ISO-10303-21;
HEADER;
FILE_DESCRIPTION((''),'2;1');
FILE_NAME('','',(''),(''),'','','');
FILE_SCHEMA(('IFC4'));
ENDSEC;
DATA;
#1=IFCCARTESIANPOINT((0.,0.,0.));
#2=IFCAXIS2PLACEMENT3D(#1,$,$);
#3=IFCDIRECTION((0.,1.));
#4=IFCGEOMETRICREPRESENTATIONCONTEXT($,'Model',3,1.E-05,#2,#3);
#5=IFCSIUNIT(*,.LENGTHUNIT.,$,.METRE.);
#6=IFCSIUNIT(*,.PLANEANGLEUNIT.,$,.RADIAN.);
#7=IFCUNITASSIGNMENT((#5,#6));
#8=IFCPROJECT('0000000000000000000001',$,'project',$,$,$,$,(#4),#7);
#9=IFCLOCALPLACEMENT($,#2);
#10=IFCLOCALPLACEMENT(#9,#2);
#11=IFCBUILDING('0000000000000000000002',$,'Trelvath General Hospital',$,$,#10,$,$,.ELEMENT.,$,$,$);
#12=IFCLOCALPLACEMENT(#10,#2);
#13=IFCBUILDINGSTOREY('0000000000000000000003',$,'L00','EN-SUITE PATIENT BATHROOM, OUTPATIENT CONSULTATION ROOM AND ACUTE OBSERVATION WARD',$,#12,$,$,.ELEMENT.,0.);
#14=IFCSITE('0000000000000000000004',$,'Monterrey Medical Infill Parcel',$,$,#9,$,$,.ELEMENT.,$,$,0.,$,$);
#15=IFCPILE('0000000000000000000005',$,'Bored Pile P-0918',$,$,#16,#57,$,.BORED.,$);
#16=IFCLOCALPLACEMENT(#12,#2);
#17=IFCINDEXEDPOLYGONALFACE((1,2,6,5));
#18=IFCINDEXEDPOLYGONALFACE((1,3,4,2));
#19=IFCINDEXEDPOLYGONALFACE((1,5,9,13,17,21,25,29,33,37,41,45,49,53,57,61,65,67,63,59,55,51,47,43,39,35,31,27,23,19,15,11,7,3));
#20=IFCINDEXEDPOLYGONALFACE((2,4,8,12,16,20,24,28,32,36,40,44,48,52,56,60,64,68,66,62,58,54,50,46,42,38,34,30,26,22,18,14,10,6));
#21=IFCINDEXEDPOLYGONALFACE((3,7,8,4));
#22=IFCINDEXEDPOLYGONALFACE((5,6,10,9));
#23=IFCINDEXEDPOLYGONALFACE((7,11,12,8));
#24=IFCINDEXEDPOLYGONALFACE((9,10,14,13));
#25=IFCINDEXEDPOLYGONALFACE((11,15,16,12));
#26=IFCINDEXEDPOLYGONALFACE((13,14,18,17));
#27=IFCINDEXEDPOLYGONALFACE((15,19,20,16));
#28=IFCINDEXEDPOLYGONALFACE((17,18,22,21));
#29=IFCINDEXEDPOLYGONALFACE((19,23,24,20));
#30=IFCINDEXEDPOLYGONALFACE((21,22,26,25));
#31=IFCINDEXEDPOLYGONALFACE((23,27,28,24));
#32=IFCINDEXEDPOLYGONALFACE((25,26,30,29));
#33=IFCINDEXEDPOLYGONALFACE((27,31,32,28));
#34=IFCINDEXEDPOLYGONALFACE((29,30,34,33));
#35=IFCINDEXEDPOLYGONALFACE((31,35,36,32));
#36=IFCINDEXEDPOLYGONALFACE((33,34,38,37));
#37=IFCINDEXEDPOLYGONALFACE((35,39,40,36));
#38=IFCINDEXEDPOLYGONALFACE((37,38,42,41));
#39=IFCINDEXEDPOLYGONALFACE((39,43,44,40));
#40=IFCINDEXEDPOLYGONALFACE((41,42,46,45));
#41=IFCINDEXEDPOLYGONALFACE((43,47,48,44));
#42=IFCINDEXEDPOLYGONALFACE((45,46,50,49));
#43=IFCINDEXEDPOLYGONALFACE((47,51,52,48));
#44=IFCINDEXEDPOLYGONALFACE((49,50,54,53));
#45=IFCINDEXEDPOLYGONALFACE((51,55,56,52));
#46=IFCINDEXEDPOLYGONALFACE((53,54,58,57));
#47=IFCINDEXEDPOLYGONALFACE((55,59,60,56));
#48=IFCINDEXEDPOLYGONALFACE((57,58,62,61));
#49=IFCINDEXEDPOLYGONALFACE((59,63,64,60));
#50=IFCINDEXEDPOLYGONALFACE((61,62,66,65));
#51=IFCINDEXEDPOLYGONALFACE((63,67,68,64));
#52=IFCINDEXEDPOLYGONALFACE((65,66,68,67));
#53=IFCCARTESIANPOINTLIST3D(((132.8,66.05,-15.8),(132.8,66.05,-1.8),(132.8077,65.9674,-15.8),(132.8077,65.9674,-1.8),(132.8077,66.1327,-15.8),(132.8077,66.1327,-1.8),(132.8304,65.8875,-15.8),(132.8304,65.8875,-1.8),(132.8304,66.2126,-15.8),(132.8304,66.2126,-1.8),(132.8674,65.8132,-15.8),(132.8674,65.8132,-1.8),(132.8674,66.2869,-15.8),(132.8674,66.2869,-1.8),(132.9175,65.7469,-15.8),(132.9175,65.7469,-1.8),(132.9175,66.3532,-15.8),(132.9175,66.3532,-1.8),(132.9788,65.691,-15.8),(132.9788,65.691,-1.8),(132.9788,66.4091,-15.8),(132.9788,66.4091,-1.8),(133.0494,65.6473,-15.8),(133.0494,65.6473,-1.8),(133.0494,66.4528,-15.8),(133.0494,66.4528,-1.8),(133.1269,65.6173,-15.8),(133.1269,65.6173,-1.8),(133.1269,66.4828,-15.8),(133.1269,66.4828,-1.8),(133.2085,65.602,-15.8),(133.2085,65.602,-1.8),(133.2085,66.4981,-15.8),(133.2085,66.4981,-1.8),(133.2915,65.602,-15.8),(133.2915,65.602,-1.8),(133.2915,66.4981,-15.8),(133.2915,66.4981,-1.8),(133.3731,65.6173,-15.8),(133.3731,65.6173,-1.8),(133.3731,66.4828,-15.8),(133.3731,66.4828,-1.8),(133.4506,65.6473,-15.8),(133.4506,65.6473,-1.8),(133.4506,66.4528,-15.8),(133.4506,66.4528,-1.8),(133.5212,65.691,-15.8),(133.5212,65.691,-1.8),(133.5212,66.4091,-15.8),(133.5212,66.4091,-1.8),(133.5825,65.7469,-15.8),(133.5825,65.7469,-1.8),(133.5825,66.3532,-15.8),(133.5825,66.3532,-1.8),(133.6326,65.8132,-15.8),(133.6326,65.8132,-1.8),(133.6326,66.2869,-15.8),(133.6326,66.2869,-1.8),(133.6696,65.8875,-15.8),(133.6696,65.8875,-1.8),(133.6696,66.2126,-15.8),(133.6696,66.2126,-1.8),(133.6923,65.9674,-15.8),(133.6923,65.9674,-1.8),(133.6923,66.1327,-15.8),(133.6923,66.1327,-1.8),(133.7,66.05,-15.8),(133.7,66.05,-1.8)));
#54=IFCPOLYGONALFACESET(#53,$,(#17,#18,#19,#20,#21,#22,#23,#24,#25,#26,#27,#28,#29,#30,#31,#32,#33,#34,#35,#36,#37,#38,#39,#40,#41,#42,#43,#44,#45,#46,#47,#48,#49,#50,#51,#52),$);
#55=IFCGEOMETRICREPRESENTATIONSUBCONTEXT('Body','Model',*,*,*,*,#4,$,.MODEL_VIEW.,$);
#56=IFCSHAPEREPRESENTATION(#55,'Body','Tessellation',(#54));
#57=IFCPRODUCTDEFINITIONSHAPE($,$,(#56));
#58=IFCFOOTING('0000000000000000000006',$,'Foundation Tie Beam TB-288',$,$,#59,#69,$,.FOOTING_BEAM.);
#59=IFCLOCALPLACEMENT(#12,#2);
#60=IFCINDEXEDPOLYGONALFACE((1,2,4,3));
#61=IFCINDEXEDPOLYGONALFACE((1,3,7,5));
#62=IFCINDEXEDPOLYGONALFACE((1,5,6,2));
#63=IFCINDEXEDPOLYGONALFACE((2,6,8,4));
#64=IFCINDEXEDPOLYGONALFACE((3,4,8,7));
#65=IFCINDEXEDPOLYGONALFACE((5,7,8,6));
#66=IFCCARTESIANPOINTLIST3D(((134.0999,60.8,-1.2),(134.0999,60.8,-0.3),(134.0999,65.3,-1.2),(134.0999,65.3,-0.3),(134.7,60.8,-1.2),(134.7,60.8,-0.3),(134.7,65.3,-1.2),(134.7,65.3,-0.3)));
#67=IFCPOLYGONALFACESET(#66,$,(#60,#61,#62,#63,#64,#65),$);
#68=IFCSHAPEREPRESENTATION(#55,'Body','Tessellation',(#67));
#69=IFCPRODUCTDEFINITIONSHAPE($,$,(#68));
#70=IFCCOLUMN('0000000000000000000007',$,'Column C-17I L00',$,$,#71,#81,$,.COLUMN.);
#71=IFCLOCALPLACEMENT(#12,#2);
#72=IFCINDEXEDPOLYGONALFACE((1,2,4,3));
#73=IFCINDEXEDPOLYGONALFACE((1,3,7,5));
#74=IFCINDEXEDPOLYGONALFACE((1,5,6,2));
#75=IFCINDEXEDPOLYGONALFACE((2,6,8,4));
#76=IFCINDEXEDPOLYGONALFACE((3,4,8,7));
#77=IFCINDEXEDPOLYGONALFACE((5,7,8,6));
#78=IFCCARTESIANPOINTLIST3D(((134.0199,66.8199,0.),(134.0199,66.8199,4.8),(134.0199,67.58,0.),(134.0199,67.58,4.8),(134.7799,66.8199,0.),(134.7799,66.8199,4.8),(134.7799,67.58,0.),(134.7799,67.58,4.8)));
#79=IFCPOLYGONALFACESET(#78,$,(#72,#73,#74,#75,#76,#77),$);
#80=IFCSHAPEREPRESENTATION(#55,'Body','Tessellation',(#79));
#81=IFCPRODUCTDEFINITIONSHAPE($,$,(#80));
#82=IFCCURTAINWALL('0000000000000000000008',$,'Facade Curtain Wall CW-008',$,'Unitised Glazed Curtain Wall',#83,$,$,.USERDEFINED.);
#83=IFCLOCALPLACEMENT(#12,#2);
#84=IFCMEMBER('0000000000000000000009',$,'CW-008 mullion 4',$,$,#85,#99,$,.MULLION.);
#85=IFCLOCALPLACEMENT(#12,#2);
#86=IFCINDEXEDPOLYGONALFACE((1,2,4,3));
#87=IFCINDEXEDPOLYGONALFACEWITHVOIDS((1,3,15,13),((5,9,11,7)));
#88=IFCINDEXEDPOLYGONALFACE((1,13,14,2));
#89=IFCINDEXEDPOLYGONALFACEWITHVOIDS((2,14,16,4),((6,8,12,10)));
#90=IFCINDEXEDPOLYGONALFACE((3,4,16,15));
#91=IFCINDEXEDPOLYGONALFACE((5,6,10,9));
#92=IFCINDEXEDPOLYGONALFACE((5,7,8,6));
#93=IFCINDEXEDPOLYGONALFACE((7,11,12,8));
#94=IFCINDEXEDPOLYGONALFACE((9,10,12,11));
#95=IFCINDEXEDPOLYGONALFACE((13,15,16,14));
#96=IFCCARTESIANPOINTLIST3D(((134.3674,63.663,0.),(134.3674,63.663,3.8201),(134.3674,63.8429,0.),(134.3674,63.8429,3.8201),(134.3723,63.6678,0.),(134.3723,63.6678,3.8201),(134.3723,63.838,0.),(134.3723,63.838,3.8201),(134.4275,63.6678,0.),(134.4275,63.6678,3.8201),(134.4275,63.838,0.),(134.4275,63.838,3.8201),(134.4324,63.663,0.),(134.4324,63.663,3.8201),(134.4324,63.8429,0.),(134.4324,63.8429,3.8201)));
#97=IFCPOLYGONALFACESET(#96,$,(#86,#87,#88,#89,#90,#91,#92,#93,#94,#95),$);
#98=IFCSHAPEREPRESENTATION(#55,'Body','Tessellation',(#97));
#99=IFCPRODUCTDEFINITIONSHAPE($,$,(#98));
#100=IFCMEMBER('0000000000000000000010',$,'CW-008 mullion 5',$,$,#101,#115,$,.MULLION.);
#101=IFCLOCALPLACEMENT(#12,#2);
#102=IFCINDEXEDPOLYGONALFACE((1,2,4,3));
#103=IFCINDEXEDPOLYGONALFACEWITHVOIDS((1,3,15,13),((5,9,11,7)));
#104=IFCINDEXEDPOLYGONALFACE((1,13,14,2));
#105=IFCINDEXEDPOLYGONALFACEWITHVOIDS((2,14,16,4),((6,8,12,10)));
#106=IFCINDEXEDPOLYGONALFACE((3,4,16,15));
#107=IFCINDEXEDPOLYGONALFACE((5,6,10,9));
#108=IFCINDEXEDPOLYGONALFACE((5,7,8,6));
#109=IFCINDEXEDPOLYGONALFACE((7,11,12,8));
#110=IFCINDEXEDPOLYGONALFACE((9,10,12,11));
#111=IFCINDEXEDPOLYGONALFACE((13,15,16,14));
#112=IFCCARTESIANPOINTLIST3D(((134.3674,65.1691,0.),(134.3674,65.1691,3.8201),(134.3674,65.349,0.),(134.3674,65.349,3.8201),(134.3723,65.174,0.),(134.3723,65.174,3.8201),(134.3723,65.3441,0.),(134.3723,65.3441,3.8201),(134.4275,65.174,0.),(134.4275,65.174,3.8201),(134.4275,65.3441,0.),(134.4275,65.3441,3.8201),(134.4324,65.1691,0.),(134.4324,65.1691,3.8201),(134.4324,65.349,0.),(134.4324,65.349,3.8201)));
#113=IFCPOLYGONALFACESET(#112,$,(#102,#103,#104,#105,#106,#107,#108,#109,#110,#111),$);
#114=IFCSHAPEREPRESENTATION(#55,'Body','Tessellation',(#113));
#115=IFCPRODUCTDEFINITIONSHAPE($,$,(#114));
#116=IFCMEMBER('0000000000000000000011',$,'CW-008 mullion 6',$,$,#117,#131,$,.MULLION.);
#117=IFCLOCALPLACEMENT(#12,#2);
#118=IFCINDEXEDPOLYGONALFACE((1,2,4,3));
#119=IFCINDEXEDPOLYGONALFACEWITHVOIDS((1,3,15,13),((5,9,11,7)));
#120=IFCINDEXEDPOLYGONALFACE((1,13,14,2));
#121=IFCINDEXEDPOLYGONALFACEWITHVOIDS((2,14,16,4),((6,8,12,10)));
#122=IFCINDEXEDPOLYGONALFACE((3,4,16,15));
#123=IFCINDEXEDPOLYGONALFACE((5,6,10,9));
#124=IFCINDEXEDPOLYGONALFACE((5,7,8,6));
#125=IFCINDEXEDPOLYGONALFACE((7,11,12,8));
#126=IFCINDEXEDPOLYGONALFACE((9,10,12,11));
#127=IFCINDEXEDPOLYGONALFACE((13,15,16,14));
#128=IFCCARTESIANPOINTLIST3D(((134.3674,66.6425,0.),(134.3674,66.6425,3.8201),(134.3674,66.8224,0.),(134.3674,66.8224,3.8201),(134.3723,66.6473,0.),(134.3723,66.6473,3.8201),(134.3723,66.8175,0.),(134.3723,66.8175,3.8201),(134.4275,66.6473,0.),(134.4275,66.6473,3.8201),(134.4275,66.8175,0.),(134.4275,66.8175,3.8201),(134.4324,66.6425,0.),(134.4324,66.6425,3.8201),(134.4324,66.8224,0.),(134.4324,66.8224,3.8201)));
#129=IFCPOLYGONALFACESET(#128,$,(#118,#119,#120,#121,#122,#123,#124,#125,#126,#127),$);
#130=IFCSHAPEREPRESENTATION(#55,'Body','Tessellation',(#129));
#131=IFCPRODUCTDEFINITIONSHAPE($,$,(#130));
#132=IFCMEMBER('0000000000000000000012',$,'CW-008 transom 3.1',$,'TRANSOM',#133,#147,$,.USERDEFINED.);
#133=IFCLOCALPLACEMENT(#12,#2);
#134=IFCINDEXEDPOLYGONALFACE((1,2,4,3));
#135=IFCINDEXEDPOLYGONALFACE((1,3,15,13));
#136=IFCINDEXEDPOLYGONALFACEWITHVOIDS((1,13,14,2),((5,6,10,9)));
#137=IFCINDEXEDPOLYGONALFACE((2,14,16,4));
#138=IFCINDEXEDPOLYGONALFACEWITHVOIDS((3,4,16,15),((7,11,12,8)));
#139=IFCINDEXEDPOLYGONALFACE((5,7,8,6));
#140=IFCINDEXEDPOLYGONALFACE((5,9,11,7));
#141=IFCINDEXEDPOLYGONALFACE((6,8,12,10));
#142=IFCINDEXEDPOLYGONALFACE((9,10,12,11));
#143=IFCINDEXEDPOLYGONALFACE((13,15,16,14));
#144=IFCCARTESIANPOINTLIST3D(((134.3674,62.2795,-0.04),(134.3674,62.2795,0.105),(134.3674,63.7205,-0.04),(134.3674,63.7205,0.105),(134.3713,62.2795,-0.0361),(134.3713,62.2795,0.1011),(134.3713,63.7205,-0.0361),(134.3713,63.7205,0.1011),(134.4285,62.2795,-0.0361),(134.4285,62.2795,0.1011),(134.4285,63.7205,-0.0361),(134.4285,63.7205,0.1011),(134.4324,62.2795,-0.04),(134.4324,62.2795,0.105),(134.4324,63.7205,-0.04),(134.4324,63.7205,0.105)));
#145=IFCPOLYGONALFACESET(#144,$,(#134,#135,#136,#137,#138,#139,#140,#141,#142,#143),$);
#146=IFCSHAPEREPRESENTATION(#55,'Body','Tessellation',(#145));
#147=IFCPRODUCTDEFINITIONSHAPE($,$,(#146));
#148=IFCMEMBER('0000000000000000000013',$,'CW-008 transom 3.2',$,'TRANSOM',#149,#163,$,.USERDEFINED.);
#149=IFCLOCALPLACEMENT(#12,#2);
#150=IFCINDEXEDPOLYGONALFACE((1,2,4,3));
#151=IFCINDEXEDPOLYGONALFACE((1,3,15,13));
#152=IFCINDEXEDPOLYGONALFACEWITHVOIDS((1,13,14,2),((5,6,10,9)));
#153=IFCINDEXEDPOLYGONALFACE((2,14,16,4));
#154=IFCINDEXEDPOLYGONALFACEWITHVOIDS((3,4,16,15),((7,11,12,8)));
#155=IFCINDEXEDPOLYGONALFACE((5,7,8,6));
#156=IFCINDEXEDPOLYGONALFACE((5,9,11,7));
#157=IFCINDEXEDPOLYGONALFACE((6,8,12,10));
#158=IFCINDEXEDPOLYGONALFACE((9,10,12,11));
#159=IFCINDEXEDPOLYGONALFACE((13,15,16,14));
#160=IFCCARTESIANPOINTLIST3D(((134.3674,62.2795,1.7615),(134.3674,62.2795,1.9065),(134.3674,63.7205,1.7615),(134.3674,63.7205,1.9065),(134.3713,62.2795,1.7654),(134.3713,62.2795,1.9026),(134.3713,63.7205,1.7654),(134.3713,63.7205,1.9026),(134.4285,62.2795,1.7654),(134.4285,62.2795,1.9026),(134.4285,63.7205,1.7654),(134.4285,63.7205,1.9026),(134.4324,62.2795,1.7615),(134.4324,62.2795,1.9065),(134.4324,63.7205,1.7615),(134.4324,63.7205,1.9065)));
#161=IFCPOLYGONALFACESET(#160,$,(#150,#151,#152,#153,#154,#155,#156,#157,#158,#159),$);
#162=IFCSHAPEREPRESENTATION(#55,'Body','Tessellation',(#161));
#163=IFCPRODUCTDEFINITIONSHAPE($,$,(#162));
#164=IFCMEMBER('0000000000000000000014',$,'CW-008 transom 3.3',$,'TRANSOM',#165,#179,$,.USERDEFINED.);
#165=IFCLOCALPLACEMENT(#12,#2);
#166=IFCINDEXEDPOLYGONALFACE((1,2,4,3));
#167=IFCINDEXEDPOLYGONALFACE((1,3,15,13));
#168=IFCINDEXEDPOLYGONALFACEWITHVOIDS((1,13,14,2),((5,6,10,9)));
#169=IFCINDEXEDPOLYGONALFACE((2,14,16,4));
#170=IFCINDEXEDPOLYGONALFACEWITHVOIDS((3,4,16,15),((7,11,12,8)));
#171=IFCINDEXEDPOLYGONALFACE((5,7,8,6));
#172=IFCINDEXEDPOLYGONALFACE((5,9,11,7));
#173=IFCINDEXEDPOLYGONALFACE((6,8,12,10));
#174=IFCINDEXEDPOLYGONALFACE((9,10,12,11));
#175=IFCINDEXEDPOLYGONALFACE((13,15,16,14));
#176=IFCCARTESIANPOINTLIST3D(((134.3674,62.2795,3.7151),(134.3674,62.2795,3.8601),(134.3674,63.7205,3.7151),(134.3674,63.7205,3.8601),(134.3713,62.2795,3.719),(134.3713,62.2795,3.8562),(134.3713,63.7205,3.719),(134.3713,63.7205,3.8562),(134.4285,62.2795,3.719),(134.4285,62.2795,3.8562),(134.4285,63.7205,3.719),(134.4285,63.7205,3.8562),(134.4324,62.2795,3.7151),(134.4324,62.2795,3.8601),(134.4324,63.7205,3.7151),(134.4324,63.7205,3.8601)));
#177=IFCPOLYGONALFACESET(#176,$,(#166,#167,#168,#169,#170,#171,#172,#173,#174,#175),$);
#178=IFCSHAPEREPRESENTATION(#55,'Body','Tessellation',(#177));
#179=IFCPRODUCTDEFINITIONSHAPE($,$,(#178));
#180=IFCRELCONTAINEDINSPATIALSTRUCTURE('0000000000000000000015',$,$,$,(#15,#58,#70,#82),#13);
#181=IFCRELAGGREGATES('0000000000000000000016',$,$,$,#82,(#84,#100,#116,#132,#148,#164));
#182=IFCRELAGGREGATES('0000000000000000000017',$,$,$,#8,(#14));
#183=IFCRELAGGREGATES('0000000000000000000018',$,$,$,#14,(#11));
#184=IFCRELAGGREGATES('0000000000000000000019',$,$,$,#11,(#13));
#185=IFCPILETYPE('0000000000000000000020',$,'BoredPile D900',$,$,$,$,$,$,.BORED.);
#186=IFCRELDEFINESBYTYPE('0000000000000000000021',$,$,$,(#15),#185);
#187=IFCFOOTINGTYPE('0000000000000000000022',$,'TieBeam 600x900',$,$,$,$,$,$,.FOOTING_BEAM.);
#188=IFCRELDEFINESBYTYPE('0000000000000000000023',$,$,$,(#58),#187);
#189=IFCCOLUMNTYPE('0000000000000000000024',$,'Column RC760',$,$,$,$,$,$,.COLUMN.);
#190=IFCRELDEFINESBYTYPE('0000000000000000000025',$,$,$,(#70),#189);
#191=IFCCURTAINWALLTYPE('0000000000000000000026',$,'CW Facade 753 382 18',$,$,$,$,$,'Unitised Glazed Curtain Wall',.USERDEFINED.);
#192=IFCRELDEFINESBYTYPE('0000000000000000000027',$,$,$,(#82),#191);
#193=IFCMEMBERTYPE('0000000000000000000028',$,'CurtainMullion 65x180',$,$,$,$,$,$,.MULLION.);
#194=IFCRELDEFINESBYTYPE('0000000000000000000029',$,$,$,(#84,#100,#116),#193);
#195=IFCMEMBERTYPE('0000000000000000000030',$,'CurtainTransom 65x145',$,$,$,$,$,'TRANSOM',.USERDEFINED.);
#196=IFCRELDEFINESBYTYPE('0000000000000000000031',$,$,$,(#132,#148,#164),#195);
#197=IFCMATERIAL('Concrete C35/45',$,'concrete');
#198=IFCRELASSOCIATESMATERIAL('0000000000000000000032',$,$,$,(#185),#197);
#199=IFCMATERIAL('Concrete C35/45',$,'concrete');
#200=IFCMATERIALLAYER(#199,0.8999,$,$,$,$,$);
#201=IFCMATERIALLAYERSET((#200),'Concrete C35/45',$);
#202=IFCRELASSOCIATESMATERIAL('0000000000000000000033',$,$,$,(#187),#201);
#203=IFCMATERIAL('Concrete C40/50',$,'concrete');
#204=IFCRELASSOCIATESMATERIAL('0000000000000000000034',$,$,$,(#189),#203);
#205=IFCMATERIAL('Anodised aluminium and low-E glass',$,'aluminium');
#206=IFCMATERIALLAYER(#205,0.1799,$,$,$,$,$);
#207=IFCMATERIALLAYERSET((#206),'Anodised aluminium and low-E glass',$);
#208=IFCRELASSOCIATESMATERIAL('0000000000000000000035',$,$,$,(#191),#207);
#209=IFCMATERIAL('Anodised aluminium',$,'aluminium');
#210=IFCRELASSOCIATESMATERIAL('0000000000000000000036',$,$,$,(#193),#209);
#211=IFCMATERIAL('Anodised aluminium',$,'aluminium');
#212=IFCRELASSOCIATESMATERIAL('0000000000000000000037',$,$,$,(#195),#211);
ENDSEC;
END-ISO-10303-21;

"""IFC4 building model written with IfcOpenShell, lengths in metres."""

from ifc_helpers import new_model, si_unit, direction, frame, origin, origin_2d, place, context, subcontext, project, spatial, rectangle, hollow_rectangle, circle, extrude, material, layer, layer_set, material_profile, profile_set, type_object, element, aggregate, save


model = new_model("IFC4")

# Units and contexts
model_context = context("Model", 3, precision=1e-05, world=origin(), true_north=direction((0.0, 1.0)))
body_context = subcontext(model_context, "Body", "Model", "MODEL_VIEW")
ifc_project = project(units=[si_unit("LENGTHUNIT", "METRE"), si_unit("PLANEANGLEUNIT", "RADIAN")], contexts=[model_context])

# Site, building, storey
site_placement = place(None, origin())
site = spatial("IfcSite", under=ifc_project, at=site_placement, Name="Monterrey Medical Infill Parcel", CompositionType="ELEMENT", RefElevation=0.0)
building_placement = place(site_placement, origin())
building = spatial("IfcBuilding", under=site, at=building_placement, Name="Trelvath General Hospital", CompositionType="ELEMENT")
storey_placement = place(building_placement, origin())
storey = spatial("IfcBuildingStorey", under=building, at=storey_placement, Name="L00", Description="EN-SUITE PATIENT BATHROOM, OUTPATIENT CONSULTATION ROOM AND ACUTE OBSERVATION WARD", CompositionType="ELEMENT", Elevation=0.0)

# Pile
ifc_material_1 = material(Name="Concrete C35/45", Category="concrete")
ifc_material_profile_1 = material_profile(ifc_material_1, circle(Radius=0.45, at=origin_2d()), Name="PILE900")
ifc_profile_set_1 = profile_set([ifc_material_profile_1], Name="Concrete C35/45")
pile_type = type_object("IfcPileType", Name="BoredPile D900", PredefinedType="BORED", material=ifc_profile_set_1)
pile_placement = place(storey_placement, frame((133.25, 66.05, -1.8), z_axis=(0.0, 0.0, -1.0), x_axis=(1.0, 0.0, 0.0)))
element("IfcPile", 1, at=pile_placement, inside=storey, type_object=pile_type, Name="Bored Pile P-0918", PredefinedType="BORED", context=body_context, shape_type="SweptSolid", body=[
    extrude(circle(Radius=0.45, at=origin_2d()), origin(), (0.0, 0.0, 1.0), 14.0),
])

# Footing
ifc_material_2 = material(Name="Concrete C35/45", Category="concrete")
ifc_layer_1 = layer(ifc_material_2, 0.8999)
ifc_layer_set_1 = layer_set([ifc_layer_1], Name="Concrete C35/45")
footing_type = type_object("IfcFootingType", Name="TieBeam 600x900", PredefinedType="FOOTING_BEAM", material=ifc_layer_set_1)
footing_placement = place(storey_placement, frame((134.3999, 63.05, -1.2), z_axis=(0.0, 0.0, 1.0), x_axis=(1.0, 0.0, 0.0)))
element("IfcFooting", 2, at=footing_placement, inside=storey, type_object=footing_type, Name="Foundation Tie Beam TB-288", PredefinedType="FOOTING_BEAM", context=body_context, shape_type="SweptSolid", body=[
    extrude(rectangle(XDim=0.6001, YDim=4.5, at=origin_2d()), origin(), (0.0, 0.0, 1.0), 0.8999),
])

# Column
ifc_material_3 = material(Name="Concrete C40/50", Category="concrete")
ifc_material_profile_2 = material_profile(ifc_material_3, rectangle(XDim=0.76, YDim=0.76, at=origin_2d()), Name="RC760x760")
ifc_profile_set_2 = profile_set([ifc_material_profile_2], Name="Concrete C40/50")
column_type = type_object("IfcColumnType", Name="Column RC760", PredefinedType="COLUMN", material=ifc_profile_set_2)
column_placement = place(storey_placement, frame((134.3999, 67.2, 0.0), z_axis=(0.0, 0.0, 1.0), x_axis=(1.0, 0.0, 0.0)))
element("IfcColumn", 3, at=column_placement, inside=storey, type_object=column_type, Name="Column C-17I L00", PredefinedType="COLUMN", context=body_context, shape_type="SweptSolid", body=[
    extrude(rectangle(XDim=0.76, YDim=0.76, at=origin_2d()), origin(), (0.0, 0.0, 1.0), 4.8),
])

# Curtain wall, members
ifc_material_4 = material(Name="Anodised aluminium and low-E glass", Category="aluminium")
ifc_layer_2 = layer(ifc_material_4, 0.1799)
ifc_layer_set_2 = layer_set([ifc_layer_2], Name="Anodised aluminium and low-E glass")
curtain_wall_type = type_object("IfcCurtainWallType", Name="CW Facade 753 382 18", ElementType="Unitised Glazed Curtain Wall", PredefinedType="USERDEFINED", material=ifc_layer_set_2)
curtain_wall_placement = place(storey_placement, origin())
curtain_wall = element("IfcCurtainWall", 4, at=curtain_wall_placement, inside=storey, type_object=curtain_wall_type, Name="Facade Curtain Wall CW-008", ObjectType="Unitised Glazed Curtain Wall", PredefinedType="USERDEFINED")
ifc_material_5 = material(Name="Anodised aluminium", Category="aluminium")
ifc_material_profile_3 = material_profile(ifc_material_5, hollow_rectangle(XDim=0.0649, YDim=0.1799, WallThickness=0.0049, at=origin_2d()), Name="RHS65x180x5")
ifc_profile_set_3 = profile_set([ifc_material_profile_3], Name="Anodised aluminium")
member_type_1 = type_object("IfcMemberType", Name="CurtainMullion 65x180", PredefinedType="MULLION", material=ifc_profile_set_3)
member_1_placement = place(storey_placement, frame((134.3999, 63.7529, 0.0), z_axis=(0.0, 0.0, 1.0), x_axis=(-1.0, 0.0, 0.0)))
member_1 = element("IfcMember", 5, at=member_1_placement, type_object=member_type_1, Name="CW-008 mullion 4", PredefinedType="MULLION", context=body_context, shape_type="SweptSolid", body=[
    extrude(hollow_rectangle(XDim=0.0649, YDim=0.1799, WallThickness=0.0049, at=origin_2d()), origin(), (0.0, 0.0, 1.0), 3.8201),
])
member_2_placement = place(storey_placement, frame((134.3999, 65.259, 0.0), z_axis=(0.0, 0.0, 1.0), x_axis=(-1.0, 0.0, 0.0)))
member_2 = element("IfcMember", 6, at=member_2_placement, type_object=member_type_1, Name="CW-008 mullion 5", PredefinedType="MULLION", context=body_context, shape_type="SweptSolid", body=[
    extrude(hollow_rectangle(XDim=0.0649, YDim=0.1799, WallThickness=0.0049, at=origin_2d()), origin(), (0.0, 0.0, 1.0), 3.8201),
])
member_3_placement = place(storey_placement, frame((134.3999, 66.7324, 0.0), z_axis=(0.0, 0.0, 1.0), x_axis=(-1.0, 0.0, 0.0)))
member_3 = element("IfcMember", 7, at=member_3_placement, type_object=member_type_1, Name="CW-008 mullion 6", PredefinedType="MULLION", context=body_context, shape_type="SweptSolid", body=[
    extrude(hollow_rectangle(XDim=0.0649, YDim=0.1799, WallThickness=0.0049, at=origin_2d()), origin(), (0.0, 0.0, 1.0), 3.8201),
])
ifc_material_6 = material(Name="Anodised aluminium", Category="aluminium")
ifc_material_profile_4 = material_profile(ifc_material_6, hollow_rectangle(XDim=0.0649, YDim=0.145, WallThickness=0.0039, at=origin_2d()), Name="RHS65x145x4")
ifc_profile_set_4 = profile_set([ifc_material_profile_4], Name="Anodised aluminium")
member_type_2 = type_object("IfcMemberType", Name="CurtainTransom 65x145", ElementType="TRANSOM", PredefinedType="USERDEFINED", material=ifc_profile_set_4)
member_4_placement = place(storey_placement, frame((134.3999, 62.2795, 0.0325), z_axis=(0.0, 1.0, 0.0), x_axis=(-1.0, 0.0, 0.0)))
member_4 = element("IfcMember", 8, at=member_4_placement, type_object=member_type_2, Name="CW-008 transom 3.1", ObjectType="TRANSOM", PredefinedType="USERDEFINED", context=body_context, shape_type="SweptSolid", body=[
    extrude(hollow_rectangle(XDim=0.0649, YDim=0.145, WallThickness=0.0039, at=origin_2d()), origin(), (0.0, 0.0, 1.0), 1.4409),
])
member_5_placement = place(storey_placement, frame((134.3999, 62.2795, 1.834), z_axis=(0.0, 1.0, 0.0), x_axis=(-1.0, 0.0, 0.0)))
member_5 = element("IfcMember", 9, at=member_5_placement, type_object=member_type_2, Name="CW-008 transom 3.2", ObjectType="TRANSOM", PredefinedType="USERDEFINED", context=body_context, shape_type="SweptSolid", body=[
    extrude(hollow_rectangle(XDim=0.0649, YDim=0.145, WallThickness=0.0039, at=origin_2d()), origin(), (0.0, 0.0, 1.0), 1.4409),
])
member_6_placement = place(storey_placement, frame((134.3999, 62.2795, 3.7876), z_axis=(0.0, 1.0, 0.0), x_axis=(-1.0, 0.0, 0.0)))
member_6 = element("IfcMember", 10, at=member_6_placement, type_object=member_type_2, Name="CW-008 transom 3.3", ObjectType="TRANSOM", PredefinedType="USERDEFINED", context=body_context, shape_type="SweptSolid", body=[
    extrude(hollow_rectangle(XDim=0.0649, YDim=0.145, WallThickness=0.0039, at=origin_2d()), origin(), (0.0, 0.0, 1.0), 1.4409),
])
aggregate(curtain_wall, [member_1, member_2, member_3, member_4, member_5, member_6])

save(model, "model.ifc")
